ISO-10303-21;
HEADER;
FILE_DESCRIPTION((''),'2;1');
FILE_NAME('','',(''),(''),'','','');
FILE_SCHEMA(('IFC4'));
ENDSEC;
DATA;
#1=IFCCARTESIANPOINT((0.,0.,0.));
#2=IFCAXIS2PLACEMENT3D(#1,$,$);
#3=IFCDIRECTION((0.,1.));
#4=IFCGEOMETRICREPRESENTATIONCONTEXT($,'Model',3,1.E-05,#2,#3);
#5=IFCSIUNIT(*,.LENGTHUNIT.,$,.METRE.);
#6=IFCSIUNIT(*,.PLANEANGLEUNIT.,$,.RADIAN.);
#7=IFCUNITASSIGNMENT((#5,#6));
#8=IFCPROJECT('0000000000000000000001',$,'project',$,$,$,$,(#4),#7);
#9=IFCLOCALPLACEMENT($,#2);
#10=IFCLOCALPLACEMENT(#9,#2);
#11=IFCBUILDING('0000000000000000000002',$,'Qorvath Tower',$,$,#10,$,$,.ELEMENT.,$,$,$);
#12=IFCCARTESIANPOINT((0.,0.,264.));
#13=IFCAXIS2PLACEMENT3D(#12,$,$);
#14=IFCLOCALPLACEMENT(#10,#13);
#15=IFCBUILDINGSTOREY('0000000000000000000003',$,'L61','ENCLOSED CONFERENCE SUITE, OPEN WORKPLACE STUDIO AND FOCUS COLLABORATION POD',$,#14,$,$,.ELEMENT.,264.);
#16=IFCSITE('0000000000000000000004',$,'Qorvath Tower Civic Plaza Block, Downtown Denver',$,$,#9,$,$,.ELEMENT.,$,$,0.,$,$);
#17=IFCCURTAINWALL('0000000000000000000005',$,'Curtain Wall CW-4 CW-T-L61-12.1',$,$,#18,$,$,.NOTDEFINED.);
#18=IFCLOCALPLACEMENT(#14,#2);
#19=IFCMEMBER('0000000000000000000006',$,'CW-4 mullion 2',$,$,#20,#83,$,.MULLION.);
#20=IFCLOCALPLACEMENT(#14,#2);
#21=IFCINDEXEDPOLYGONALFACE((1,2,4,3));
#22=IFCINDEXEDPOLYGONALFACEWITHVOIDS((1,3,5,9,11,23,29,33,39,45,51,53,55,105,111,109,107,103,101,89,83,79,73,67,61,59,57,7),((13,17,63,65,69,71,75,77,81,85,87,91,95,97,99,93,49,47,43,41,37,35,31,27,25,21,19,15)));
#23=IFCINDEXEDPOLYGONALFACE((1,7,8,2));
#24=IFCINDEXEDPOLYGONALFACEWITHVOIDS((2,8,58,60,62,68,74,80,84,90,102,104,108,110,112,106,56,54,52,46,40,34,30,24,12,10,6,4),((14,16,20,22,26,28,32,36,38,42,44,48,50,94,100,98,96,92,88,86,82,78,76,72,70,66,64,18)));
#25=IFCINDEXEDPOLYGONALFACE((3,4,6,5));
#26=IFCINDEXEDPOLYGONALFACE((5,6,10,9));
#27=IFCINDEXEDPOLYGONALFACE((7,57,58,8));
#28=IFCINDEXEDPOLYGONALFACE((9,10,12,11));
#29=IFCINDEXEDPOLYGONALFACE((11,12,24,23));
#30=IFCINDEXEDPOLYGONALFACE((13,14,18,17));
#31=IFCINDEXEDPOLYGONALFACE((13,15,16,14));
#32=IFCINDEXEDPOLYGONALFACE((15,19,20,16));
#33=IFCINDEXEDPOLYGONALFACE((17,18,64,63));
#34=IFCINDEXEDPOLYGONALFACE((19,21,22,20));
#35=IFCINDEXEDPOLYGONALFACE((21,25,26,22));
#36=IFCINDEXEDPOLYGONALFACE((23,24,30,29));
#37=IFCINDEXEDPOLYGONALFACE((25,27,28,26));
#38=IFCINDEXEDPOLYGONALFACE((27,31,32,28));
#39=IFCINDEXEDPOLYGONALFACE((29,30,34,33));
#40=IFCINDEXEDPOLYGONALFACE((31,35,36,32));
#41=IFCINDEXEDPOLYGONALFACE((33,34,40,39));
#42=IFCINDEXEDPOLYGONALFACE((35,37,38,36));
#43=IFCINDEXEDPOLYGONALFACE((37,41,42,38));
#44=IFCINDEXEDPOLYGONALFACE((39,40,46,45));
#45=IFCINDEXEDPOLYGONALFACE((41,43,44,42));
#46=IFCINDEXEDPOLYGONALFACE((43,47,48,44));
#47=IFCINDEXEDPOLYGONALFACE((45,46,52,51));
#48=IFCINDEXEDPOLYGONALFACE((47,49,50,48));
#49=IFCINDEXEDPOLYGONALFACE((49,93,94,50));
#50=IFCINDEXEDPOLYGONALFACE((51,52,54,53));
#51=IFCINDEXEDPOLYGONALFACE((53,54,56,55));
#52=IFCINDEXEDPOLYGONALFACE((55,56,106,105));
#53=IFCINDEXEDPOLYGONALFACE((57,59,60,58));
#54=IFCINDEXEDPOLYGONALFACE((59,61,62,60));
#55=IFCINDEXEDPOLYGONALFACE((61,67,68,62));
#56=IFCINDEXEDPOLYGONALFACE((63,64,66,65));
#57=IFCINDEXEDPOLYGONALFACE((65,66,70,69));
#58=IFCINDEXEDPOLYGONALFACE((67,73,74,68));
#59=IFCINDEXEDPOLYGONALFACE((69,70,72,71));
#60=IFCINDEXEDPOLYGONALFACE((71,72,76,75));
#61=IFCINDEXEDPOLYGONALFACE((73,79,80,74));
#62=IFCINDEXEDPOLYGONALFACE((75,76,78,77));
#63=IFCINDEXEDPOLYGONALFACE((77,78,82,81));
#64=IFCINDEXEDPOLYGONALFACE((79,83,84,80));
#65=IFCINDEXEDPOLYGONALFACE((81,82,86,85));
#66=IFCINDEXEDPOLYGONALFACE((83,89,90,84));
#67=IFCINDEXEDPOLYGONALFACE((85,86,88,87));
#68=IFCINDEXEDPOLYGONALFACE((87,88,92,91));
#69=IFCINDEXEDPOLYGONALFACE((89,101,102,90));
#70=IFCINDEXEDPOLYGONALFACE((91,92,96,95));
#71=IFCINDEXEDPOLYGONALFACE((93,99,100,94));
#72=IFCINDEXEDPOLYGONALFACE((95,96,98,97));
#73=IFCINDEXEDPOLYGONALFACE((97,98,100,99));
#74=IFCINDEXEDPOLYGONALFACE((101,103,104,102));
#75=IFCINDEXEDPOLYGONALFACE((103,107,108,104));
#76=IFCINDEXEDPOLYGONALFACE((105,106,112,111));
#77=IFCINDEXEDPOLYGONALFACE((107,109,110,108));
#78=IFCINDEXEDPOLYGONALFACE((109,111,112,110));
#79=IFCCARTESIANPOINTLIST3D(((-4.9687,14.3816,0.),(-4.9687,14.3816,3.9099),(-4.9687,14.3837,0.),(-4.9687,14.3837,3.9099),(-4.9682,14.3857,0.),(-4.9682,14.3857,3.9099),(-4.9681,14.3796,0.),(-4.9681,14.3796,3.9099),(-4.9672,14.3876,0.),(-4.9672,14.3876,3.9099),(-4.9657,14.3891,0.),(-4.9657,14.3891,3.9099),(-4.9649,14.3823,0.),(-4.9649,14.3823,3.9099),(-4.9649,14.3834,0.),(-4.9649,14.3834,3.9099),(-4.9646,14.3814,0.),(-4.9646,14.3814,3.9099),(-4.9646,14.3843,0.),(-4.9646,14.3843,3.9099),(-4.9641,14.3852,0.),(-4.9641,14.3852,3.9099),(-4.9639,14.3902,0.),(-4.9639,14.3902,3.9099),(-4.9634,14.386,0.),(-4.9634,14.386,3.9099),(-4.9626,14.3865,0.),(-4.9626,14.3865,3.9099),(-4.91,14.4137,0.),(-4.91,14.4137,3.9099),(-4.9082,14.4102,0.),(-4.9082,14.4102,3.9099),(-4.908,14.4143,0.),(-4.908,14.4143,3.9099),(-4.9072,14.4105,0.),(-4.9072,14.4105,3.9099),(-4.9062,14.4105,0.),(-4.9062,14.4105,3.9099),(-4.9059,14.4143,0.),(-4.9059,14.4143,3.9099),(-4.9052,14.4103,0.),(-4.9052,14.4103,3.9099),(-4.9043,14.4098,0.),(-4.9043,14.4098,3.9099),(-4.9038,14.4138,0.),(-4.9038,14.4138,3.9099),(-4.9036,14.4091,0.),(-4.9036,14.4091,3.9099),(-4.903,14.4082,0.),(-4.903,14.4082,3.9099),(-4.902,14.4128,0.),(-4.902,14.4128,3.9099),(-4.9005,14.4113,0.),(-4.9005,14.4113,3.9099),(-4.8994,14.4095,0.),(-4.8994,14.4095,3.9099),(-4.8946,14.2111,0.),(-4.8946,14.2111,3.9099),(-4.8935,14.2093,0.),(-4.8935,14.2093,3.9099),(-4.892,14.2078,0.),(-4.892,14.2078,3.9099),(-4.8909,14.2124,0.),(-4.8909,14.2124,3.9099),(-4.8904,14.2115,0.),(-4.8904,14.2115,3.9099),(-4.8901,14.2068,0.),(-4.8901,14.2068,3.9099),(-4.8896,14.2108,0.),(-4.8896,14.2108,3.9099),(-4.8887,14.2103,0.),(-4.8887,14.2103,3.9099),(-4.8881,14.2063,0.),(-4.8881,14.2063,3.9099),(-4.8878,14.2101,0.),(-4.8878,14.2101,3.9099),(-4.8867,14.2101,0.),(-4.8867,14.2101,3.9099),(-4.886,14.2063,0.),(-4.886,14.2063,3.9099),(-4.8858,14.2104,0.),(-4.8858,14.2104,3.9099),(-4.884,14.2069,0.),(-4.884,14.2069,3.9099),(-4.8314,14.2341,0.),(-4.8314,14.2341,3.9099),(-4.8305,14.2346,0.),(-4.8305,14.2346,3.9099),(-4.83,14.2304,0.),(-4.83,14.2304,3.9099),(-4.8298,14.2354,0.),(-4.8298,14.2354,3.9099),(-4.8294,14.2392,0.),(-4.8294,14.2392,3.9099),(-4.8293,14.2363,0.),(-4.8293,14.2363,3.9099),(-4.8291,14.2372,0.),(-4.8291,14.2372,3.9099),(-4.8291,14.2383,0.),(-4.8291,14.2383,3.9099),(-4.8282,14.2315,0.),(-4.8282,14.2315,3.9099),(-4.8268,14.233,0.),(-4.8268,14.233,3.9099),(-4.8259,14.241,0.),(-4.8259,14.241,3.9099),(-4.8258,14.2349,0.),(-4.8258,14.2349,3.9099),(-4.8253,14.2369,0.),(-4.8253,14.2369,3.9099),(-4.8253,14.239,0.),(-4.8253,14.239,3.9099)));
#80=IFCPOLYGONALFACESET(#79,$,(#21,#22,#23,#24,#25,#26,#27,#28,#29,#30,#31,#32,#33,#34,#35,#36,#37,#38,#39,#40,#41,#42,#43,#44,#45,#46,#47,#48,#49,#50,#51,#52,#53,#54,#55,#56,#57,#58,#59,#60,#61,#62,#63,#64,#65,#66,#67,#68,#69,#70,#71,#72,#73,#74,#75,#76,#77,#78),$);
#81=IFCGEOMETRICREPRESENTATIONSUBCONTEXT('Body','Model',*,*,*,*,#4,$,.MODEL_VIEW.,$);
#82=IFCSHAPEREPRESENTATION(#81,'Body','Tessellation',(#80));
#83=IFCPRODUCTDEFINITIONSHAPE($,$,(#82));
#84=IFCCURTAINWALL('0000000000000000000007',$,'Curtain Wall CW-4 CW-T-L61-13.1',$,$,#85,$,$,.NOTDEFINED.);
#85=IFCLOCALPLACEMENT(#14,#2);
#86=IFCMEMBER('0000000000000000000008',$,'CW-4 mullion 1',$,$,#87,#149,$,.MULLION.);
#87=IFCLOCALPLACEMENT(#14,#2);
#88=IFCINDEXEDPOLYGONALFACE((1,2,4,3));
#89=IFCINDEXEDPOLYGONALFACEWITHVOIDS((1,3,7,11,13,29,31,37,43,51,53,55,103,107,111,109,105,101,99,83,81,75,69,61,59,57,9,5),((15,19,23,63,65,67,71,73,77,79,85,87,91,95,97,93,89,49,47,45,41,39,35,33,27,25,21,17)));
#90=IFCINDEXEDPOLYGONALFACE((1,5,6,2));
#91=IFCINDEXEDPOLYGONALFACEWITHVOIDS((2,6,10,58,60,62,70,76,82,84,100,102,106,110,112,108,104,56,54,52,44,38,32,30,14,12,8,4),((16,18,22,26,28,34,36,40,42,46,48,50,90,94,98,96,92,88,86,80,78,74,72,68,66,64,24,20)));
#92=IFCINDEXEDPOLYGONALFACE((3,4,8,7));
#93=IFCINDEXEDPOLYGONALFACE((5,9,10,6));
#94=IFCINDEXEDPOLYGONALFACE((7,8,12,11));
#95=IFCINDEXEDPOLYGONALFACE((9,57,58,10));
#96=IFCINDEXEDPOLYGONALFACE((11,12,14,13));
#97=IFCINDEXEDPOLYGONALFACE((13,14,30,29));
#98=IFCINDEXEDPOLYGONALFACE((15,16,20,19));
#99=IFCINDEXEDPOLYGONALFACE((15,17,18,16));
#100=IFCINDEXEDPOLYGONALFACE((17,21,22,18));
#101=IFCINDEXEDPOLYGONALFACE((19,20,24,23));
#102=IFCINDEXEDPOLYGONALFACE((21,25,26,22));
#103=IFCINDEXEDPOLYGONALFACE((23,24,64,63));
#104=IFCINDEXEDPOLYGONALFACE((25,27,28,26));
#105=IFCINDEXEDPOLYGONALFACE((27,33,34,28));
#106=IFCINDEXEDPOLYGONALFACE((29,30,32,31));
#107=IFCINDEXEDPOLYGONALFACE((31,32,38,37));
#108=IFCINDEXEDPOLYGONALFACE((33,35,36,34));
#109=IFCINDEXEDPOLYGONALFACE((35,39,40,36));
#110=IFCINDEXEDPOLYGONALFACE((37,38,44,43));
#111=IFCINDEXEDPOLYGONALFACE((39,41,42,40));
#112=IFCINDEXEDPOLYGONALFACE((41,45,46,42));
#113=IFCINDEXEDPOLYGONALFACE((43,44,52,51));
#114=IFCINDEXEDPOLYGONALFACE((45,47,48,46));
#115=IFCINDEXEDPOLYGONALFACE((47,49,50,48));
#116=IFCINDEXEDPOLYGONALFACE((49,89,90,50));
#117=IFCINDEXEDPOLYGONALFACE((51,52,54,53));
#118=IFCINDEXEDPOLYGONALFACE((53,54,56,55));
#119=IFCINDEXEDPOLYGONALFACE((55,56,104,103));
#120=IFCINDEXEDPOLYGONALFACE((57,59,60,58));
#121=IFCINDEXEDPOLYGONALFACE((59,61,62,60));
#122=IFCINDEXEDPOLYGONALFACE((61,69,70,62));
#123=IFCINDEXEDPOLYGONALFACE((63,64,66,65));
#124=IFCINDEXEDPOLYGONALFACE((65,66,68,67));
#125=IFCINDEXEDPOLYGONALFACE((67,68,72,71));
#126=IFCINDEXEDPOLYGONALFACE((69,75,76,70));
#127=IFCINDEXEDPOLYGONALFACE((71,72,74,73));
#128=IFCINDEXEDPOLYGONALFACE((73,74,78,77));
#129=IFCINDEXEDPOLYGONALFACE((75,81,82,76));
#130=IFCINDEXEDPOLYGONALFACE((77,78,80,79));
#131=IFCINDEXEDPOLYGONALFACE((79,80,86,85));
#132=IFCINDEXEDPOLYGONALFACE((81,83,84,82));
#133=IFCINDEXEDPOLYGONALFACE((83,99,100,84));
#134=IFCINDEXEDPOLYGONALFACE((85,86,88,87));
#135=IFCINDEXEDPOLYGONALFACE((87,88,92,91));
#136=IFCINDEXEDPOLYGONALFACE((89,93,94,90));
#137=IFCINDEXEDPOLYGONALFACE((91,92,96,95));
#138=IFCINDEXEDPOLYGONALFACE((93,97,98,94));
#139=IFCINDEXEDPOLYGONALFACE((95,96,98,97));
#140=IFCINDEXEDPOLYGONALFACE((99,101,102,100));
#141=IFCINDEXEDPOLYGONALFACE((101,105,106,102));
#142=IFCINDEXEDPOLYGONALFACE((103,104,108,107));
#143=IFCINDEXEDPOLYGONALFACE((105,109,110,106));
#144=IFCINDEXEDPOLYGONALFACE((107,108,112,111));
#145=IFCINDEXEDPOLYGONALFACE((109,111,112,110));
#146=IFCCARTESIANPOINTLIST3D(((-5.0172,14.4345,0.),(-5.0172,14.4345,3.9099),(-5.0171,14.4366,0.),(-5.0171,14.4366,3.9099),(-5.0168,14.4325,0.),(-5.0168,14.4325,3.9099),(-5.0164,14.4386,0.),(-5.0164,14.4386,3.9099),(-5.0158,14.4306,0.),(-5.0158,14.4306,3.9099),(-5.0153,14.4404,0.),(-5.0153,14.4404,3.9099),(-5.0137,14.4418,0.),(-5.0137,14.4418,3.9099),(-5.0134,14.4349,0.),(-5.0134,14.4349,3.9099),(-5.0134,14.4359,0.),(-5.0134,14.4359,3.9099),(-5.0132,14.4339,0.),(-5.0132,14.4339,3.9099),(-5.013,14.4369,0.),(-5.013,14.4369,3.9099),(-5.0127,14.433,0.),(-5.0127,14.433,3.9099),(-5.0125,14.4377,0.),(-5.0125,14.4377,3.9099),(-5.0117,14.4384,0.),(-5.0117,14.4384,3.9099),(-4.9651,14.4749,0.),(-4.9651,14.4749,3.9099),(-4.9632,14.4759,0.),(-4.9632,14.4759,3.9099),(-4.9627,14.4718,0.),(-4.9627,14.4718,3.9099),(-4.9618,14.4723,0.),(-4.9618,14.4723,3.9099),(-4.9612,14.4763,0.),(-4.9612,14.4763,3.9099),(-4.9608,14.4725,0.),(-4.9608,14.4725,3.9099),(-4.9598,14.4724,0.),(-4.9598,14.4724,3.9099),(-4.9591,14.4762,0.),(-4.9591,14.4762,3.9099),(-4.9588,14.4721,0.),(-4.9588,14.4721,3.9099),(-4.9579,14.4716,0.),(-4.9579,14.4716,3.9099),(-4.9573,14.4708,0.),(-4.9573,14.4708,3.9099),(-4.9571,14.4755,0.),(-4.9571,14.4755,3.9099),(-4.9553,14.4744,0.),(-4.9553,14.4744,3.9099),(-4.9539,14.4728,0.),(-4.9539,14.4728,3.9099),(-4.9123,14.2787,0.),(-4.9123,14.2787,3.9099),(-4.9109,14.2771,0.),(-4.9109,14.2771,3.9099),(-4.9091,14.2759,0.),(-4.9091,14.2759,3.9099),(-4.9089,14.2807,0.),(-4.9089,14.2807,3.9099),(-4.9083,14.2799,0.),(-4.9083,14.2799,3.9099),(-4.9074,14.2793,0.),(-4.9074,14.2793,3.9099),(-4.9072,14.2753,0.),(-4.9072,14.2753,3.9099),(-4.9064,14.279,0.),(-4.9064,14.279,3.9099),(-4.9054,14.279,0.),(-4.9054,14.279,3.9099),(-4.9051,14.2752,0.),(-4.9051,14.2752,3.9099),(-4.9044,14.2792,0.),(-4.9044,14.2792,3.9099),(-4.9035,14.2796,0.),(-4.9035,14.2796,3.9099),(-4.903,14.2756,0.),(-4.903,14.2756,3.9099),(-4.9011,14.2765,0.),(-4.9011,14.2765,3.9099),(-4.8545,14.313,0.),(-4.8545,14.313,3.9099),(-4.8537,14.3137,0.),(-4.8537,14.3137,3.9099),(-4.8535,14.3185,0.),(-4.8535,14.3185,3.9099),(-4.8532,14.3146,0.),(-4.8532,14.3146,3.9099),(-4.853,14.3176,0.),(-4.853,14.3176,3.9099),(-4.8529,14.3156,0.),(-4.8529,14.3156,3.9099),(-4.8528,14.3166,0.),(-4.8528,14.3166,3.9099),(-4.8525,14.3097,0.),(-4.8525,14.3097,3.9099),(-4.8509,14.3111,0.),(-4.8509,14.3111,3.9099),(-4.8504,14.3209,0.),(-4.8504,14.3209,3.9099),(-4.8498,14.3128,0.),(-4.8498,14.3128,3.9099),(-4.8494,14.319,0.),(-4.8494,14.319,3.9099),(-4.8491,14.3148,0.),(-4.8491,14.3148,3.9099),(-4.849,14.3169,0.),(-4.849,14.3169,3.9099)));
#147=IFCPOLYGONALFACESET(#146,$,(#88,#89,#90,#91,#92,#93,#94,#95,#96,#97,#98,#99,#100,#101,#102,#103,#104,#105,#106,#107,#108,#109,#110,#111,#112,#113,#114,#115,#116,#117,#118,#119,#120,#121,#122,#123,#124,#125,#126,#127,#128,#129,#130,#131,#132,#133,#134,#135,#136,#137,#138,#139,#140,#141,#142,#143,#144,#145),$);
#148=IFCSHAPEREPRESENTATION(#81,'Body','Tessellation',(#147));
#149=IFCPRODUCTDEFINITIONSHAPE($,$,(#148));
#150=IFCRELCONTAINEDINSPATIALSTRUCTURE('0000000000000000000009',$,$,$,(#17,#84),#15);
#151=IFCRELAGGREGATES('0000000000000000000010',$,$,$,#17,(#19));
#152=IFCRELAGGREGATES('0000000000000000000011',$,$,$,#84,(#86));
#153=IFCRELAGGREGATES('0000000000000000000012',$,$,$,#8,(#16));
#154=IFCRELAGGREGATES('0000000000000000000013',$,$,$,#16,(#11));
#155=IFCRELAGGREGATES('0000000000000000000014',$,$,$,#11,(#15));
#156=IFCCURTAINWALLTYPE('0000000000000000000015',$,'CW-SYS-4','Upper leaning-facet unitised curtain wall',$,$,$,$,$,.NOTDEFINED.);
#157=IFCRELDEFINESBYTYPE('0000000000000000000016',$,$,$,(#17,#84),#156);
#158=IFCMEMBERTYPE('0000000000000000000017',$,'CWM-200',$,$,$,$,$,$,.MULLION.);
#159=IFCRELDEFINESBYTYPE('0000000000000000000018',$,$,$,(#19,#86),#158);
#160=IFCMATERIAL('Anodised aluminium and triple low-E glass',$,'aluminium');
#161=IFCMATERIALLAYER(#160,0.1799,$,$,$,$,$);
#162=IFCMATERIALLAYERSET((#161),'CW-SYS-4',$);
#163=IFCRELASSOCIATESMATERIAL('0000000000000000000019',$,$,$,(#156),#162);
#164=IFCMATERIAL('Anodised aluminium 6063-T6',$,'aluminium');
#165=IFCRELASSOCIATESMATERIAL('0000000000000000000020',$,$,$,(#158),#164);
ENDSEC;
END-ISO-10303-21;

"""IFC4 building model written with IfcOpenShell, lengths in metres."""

from ifc_helpers import new_model, si_unit, direction, frame, origin, origin_2d, place, context, subcontext, project, spatial, hollow_rectangle, extrude, material, layer, layer_set, material_profile, profile_set, type_object, element, aggregate, save


model = new_model("IFC4")

# Units and contexts
model_context = context("Model", 3, precision=1e-05, world=origin(), true_north=direction((0.0, 1.0)))
body_context = subcontext(model_context, "Body", "Model", "MODEL_VIEW")
ifc_project = project(units=[si_unit("LENGTHUNIT", "METRE"), si_unit("PLANEANGLEUNIT", "RADIAN")], contexts=[model_context])

# Site, building, storey
site_placement = place(None, origin())
site = spatial("IfcSite", under=ifc_project, at=site_placement, Name="Qorvath Tower Civic Plaza Block, Downtown Denver", CompositionType="ELEMENT", RefElevation=0.0)
building_placement = place(site_placement, origin())
building = spatial("IfcBuilding", under=site, at=building_placement, Name="Qorvath Tower", CompositionType="ELEMENT")
storey_placement = place(building_placement, frame((0.0, 0.0, 264.0)))
storey = spatial("IfcBuildingStorey", under=building, at=storey_placement, Name="L61", Description="ENCLOSED CONFERENCE SUITE, OPEN WORKPLACE STUDIO AND FOCUS COLLABORATION POD", CompositionType="ELEMENT", Elevation=264.0)

# Shared definitions
ifc_material_1 = material(Name="Anodised aluminium and triple low-E glass", Category="aluminium")
ifc_layer_1 = layer(ifc_material_1, 0.1799)
ifc_layer_set_1 = layer_set([ifc_layer_1], Name="CW-SYS-4")
curtain_wall_type = type_object("IfcCurtainWallType", Name="CW-SYS-4", Description="Upper leaning-facet unitised curtain wall", PredefinedType="NOTDEFINED", material=ifc_layer_set_1)
ifc_material_2 = material(Name="Anodised aluminium 6063-T6", Category="aluminium")
ifc_material_profile_1 = material_profile(ifc_material_2, hollow_rectangle(XDim=0.075, YDim=0.2, WallThickness=0.0039, InnerFilletRadius=0.0039, OuterFilletRadius=0.0081, at=origin_2d()), Name="CWM 200x75")
ifc_profile_set_1 = profile_set([ifc_material_profile_1], Name="Anodised aluminium 6063-T6")
member_type_1 = type_object("IfcMemberType", Name="CWM-200", PredefinedType="MULLION", material=ifc_profile_set_1)

# Curtain walls, members
curtain_wall_1_placement = place(storey_placement, origin())
curtain_wall_1 = element("IfcCurtainWall", 1, at=curtain_wall_1_placement, inside=storey, type_object=curtain_wall_type, Name="Curtain Wall CW-4 CW-T-L61-12.1", PredefinedType="NOTDEFINED")
member_1_placement = place(storey_placement, frame((-4.897, 14.3103, 0.0), z_axis=(0.0, 0.0, 1.0), x_axis=(-0.916612, -0.399777, 0.0)))
member_1 = element("IfcMember", 2, at=member_1_placement, type_object=member_type_1, Name="CW-4 mullion 2", PredefinedType="MULLION", context=body_context, shape_type="SweptSolid", body=[
    extrude(hollow_rectangle(XDim=0.075, YDim=0.2, WallThickness=0.0039, InnerFilletRadius=0.0039, OuterFilletRadius=0.0081, at=origin_2d()), origin(), (0.0, 0.0, 1.0), 3.9099),
])
curtain_wall_2_placement = place(storey_placement, origin())
curtain_wall_2 = element("IfcCurtainWall", 3, at=curtain_wall_2_placement, inside=storey, type_object=curtain_wall_type, Name="Curtain Wall CW-4 CW-T-L61-13.1", PredefinedType="NOTDEFINED")
member_2_placement = place(storey_placement, frame((-4.9331, 14.3757, 0.0), z_axis=(0.0, 0.0, 1.0), x_axis=(-0.826358, -0.563145, 0.0)))
member_2 = element("IfcMember", 4, at=member_2_placement, type_object=member_type_1, Name="CW-4 mullion 1", PredefinedType="MULLION", context=body_context, shape_type="SweptSolid", body=[
    extrude(hollow_rectangle(XDim=0.075, YDim=0.2, WallThickness=0.0039, InnerFilletRadius=0.0039, OuterFilletRadius=0.0081, at=origin_2d()), origin(), (0.0, 0.0, 1.0), 3.9099),
])

aggregate(curtain_wall_1, [member_1])
aggregate(curtain_wall_2, [member_2])

save(model, "model.ifc")
